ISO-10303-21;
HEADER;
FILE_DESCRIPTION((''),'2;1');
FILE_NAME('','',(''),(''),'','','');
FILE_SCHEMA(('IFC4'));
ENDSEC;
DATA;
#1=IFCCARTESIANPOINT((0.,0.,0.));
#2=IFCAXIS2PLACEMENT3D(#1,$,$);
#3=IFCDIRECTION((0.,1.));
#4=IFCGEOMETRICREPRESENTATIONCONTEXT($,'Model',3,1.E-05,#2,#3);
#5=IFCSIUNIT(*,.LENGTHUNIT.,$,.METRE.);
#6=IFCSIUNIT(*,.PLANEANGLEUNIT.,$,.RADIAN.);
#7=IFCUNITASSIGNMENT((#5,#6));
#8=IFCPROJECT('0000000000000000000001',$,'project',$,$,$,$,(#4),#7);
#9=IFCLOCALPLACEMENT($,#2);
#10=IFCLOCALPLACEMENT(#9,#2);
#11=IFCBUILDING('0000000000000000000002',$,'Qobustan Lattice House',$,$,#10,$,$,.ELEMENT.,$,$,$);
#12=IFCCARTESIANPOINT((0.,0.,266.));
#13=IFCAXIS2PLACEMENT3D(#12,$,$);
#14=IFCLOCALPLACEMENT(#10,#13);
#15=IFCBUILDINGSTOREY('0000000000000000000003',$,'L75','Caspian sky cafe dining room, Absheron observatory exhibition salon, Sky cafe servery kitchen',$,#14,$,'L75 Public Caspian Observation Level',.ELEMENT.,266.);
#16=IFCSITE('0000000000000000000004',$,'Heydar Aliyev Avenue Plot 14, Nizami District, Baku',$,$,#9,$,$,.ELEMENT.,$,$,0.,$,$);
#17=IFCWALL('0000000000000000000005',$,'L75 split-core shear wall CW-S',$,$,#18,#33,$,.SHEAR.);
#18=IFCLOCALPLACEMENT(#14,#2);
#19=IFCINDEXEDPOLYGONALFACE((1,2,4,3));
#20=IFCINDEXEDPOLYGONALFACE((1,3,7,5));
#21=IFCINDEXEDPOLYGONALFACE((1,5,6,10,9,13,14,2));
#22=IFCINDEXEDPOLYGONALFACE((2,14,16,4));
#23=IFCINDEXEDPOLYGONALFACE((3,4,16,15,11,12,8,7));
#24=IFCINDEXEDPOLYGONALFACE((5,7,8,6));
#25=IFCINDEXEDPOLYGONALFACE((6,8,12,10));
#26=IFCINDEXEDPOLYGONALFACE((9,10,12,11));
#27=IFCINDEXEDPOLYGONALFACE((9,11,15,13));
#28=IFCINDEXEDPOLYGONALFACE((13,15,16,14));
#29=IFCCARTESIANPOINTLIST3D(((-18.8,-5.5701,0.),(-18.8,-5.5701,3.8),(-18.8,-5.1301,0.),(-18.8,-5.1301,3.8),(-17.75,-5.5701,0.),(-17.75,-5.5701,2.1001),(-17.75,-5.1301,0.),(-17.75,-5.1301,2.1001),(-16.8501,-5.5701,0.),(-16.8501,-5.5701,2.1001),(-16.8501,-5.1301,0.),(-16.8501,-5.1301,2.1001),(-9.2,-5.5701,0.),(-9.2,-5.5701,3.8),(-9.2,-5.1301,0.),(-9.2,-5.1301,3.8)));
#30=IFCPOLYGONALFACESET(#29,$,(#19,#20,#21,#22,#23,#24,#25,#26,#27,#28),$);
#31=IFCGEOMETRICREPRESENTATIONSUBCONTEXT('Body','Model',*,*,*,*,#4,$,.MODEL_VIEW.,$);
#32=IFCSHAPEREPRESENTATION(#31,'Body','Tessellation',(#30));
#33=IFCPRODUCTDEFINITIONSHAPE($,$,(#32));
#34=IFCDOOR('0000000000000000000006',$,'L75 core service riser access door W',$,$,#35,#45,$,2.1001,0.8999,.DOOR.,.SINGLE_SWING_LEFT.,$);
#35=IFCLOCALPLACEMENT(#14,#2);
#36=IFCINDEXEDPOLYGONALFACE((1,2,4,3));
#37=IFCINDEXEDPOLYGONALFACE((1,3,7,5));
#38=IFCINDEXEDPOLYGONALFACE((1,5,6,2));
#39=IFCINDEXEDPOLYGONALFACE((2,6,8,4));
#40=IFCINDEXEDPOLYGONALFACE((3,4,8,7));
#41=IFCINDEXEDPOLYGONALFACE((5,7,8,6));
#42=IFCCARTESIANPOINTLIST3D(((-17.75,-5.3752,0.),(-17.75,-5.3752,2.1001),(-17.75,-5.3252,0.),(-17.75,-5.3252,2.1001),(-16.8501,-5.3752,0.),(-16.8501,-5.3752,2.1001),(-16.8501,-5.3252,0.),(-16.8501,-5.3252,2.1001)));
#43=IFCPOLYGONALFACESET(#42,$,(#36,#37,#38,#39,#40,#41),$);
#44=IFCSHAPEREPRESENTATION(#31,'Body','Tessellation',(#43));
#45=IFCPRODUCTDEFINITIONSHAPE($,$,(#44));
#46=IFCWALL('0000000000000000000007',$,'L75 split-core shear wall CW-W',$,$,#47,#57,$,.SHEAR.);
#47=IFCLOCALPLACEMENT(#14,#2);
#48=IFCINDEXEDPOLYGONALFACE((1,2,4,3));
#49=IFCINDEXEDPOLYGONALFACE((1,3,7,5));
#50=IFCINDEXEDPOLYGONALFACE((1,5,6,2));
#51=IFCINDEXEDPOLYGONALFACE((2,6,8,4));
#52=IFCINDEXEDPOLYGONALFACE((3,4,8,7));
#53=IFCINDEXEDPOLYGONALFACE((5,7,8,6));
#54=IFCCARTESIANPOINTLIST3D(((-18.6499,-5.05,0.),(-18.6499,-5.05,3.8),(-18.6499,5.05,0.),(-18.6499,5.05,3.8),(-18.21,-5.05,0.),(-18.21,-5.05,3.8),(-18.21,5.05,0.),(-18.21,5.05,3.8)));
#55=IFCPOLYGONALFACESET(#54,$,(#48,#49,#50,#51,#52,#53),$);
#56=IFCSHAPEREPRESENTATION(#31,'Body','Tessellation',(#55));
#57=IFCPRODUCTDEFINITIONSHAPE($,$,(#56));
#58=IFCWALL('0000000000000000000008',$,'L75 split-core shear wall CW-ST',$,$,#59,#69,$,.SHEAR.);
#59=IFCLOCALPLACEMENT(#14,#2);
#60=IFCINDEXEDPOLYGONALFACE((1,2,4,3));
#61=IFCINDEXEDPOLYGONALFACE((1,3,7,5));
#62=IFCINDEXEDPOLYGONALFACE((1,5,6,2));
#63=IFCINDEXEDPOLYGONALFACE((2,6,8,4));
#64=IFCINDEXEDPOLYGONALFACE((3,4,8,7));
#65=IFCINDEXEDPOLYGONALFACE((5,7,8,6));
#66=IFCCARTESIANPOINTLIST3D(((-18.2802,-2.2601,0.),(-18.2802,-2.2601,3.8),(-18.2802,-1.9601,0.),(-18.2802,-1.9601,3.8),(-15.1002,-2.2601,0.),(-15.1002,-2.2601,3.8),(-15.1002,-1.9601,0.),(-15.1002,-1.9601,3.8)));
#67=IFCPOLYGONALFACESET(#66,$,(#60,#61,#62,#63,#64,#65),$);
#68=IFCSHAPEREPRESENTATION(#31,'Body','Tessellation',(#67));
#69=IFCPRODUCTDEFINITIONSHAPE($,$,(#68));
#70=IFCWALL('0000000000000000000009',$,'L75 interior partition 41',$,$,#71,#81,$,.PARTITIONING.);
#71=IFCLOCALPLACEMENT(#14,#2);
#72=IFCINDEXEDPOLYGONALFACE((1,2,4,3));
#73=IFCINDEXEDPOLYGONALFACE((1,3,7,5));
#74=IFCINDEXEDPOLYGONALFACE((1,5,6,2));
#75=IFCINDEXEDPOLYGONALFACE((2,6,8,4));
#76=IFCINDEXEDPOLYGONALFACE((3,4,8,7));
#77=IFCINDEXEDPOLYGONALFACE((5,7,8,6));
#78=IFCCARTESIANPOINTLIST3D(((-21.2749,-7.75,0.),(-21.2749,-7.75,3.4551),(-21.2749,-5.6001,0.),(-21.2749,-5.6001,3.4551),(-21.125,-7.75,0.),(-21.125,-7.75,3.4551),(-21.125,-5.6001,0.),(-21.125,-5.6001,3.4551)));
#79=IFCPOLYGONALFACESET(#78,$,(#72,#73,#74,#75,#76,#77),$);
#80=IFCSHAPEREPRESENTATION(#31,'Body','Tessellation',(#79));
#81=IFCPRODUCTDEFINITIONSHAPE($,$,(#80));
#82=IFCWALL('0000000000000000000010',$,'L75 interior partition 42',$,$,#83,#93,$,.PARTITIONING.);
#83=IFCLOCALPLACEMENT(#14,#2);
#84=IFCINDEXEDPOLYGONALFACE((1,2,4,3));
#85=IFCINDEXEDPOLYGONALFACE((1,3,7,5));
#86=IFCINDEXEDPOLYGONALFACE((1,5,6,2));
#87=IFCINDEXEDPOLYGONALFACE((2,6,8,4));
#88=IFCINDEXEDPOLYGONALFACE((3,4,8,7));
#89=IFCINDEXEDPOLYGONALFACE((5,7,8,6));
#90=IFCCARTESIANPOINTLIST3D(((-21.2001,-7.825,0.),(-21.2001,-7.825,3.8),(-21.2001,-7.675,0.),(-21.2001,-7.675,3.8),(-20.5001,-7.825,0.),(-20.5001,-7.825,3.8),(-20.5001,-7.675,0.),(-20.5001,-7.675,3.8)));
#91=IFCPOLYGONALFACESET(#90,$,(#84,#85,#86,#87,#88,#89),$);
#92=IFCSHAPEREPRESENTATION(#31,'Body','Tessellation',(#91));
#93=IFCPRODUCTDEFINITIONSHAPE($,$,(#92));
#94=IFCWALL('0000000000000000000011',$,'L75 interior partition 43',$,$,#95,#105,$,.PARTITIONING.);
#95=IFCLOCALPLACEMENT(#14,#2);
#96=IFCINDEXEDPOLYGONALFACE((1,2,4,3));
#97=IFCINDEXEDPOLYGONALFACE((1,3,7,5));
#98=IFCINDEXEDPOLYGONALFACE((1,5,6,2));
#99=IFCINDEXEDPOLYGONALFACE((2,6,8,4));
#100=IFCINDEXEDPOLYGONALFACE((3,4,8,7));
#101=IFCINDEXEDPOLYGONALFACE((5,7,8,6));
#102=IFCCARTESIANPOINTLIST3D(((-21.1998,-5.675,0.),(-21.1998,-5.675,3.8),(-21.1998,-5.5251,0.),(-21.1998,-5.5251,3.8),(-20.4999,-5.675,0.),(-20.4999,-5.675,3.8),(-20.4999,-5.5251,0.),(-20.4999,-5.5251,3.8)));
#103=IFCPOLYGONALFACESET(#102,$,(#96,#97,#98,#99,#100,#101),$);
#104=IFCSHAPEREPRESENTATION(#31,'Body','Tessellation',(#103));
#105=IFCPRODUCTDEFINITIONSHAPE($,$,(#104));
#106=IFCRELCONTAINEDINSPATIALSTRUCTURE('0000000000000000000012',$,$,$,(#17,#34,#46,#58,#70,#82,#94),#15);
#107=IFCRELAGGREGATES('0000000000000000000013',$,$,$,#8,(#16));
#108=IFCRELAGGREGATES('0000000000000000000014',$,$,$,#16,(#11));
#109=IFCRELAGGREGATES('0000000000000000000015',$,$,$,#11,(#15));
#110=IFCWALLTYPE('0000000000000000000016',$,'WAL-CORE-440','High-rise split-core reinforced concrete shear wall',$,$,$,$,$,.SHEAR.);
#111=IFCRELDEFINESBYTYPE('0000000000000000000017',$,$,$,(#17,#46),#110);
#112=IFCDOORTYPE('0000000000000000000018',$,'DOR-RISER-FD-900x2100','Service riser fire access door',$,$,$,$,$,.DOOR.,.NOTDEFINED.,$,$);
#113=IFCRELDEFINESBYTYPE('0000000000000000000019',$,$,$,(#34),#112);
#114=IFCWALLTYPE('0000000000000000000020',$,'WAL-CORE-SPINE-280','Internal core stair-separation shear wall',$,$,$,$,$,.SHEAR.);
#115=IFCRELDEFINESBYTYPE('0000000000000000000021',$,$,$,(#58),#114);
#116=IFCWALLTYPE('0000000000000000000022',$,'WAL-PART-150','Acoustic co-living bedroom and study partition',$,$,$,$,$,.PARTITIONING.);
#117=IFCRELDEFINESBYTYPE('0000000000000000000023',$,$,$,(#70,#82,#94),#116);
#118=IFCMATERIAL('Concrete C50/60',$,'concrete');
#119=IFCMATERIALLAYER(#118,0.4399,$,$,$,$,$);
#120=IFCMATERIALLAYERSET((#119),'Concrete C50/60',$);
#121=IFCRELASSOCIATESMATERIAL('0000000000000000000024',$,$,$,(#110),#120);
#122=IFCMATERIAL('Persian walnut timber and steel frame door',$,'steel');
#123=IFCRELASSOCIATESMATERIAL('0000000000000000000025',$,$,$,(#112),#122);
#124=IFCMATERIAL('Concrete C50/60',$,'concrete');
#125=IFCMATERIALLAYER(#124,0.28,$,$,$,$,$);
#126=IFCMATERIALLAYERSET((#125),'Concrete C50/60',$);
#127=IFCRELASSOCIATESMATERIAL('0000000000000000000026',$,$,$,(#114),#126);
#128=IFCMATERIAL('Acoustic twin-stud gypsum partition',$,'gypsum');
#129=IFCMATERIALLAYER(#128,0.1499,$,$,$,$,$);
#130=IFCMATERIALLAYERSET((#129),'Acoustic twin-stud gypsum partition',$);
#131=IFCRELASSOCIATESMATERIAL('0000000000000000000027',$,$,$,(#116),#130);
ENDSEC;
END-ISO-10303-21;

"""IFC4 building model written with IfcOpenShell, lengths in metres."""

from ifc_helpers import new_model, si_unit, direction, frame, frame_2d, origin, place, context, subcontext, project, spatial, rectangle, extrude, material, layer, layer_set, type_object, element, fill, save


model = new_model("IFC4")

# Units and contexts
model_context = context("Model", 3, precision=1e-05, world=origin(), true_north=direction((0.0, 1.0)))
body_context = subcontext(model_context, "Body", "Model", "MODEL_VIEW")
ifc_project = project(units=[si_unit("LENGTHUNIT", "METRE"), si_unit("PLANEANGLEUNIT", "RADIAN")], contexts=[model_context])

# Site, building, storey
site_placement = place(None, origin())
site = spatial("IfcSite", under=ifc_project, at=site_placement, Name="Heydar Aliyev Avenue Plot 14, Nizami District, Baku", CompositionType="ELEMENT", RefElevation=0.0)
building_placement = place(site_placement, origin())
building = spatial("IfcBuilding", under=site, at=building_placement, Name="Qobustan Lattice House", CompositionType="ELEMENT")
storey_placement = place(building_placement, frame((0.0, 0.0, 266.0)))
storey = spatial("IfcBuildingStorey", under=building, at=storey_placement, Name="L75", Description="Caspian sky cafe dining room, Absheron observatory exhibition salon, Sky cafe servery kitchen", LongName="L75 Public Caspian Observation Level", CompositionType="ELEMENT", Elevation=266.0)

# Wall, opening, door
ifc_material_1 = material(Name="Concrete C50/60", Category="concrete")
ifc_layer_1 = layer(ifc_material_1, 0.4399)
ifc_layer_set_1 = layer_set([ifc_layer_1], Name="Concrete C50/60")
wall_type_1 = type_object("IfcWallType", Name="WAL-CORE-440", Description="High-rise split-core reinforced concrete shear wall", PredefinedType="SHEAR", material=ifc_layer_set_1)
wall_1_placement = place(storey_placement, frame((-18.8, -5.3501, 0.0), z_axis=(0.0, 0.0, 1.0), x_axis=(1.0, 0.0, 0.0)))
wall_1 = element("IfcWall", 1, at=wall_1_placement, inside=storey, type_object=wall_type_1, Name="L75 split-core shear wall CW-S", PredefinedType="SHEAR", context=body_context, shape_type="SweptSolid", body=[
    extrude(rectangle(XDim=9.6001, YDim=0.4399, at=frame_2d((4.8, 0.0))), origin(), (0.0, 0.0, 1.0), 3.8),
])
opening_placement = place(wall_1_placement, frame((1.05, 0.0, 0.0)))
opening = element("IfcOpeningElement", 2, at=opening_placement, cuts=wall_1, PredefinedType="OPENING", context=body_context, shape_type="SweptSolid", body=[
    extrude(rectangle(XDim=0.8999, YDim=2.1001, at=frame_2d((0.45, 1.05))), frame((0.0, 0.23, 0.0), z_axis=(0.0, -1.0, 0.0), x_axis=(1.0, 0.0, 0.0)), (0.0, 0.0, 1.0), 0.46),
])
ifc_material_2 = material(Name="Persian walnut timber and steel frame door", Category="steel")
door_type = type_object("IfcDoorType", Name="DOR-RISER-FD-900x2100", Description="Service riser fire access door", OperationType="NOTDEFINED", PredefinedType="DOOR", material=ifc_material_2)
door_placement = place(opening_placement, origin())
door = element("IfcDoor", 3, at=door_placement, inside=storey, type_object=door_type, Name="L75 core service riser access door W", OperationType="SINGLE_SWING_LEFT", OverallHeight=2.1001, OverallWidth=0.8999, PredefinedType="DOOR", context=body_context, shape_type="SweptSolid", body=[
    extrude(rectangle(XDim=0.8999, YDim=2.1001, at=frame_2d((0.45, 1.05))), frame((0.0, 0.0249, 0.0), z_axis=(0.0, -1.0, 0.0), x_axis=(1.0, 0.0, 0.0)), (0.0, 0.0, 1.0), 0.05),
])
fill(opening, door)

# Walls
wall_2_placement = place(storey_placement, frame((-18.4299, -5.05, 0.0), z_axis=(0.0, 0.0, 1.0), x_axis=(0.0, 1.0, 0.0)))
element("IfcWall", 4, at=wall_2_placement, inside=storey, type_object=wall_type_1, Name="L75 split-core shear wall CW-W", PredefinedType="SHEAR", context=body_context, shape_type="SweptSolid", body=[
    extrude(rectangle(XDim=10.1001, YDim=0.4399, at=frame_2d((5.05, 0.0))), origin(), (0.0, 0.0, 1.0), 3.8),
])
ifc_material_3 = material(Name="Concrete C50/60", Category="concrete")
ifc_layer_2 = layer(ifc_material_3, 0.28)
ifc_layer_set_2 = layer_set([ifc_layer_2], Name="Concrete C50/60")
wall_type_2 = type_object("IfcWallType", Name="WAL-CORE-SPINE-280", Description="Internal core stair-separation shear wall", PredefinedType="SHEAR", material=ifc_layer_set_2)
wall_3_placement = place(storey_placement, frame((-18.28, -2.1101, 0.0), z_axis=(0.0, 0.0, 1.0), x_axis=(1.0, 0.0, 0.0)))
element("IfcWall", 5, at=wall_3_placement, inside=storey, type_object=wall_type_2, Name="L75 split-core shear wall CW-ST", PredefinedType="SHEAR", context=body_context, shape_type="SweptSolid", body=[
    extrude(rectangle(XDim=3.1799, YDim=0.3, at=frame_2d((1.5898, 0.0))), origin(), (0.0, 0.0, 1.0), 3.8),
])
ifc_material_4 = material(Name="Acoustic twin-stud gypsum partition", Category="gypsum")
ifc_layer_3 = layer(ifc_material_4, 0.1499)
ifc_layer_set_3 = layer_set([ifc_layer_3], Name="Acoustic twin-stud gypsum partition")
wall_type_3 = type_object("IfcWallType", Name="WAL-PART-150", Description="Acoustic co-living bedroom and study partition", PredefinedType="PARTITIONING", material=ifc_layer_set_3)
wall_4_placement = place(storey_placement, frame((-21.2, -7.75, 0.0), z_axis=(0.0, 0.0, 1.0), x_axis=(0.0, 1.0, 0.0)))
element("IfcWall", 6, at=wall_4_placement, inside=storey, type_object=wall_type_3, Name="L75 interior partition 41", PredefinedType="PARTITIONING", context=body_context, shape_type="SweptSolid", body=[
    extrude(rectangle(XDim=2.1499, YDim=0.1499, at=frame_2d((1.075, 0.0))), origin(), (0.0, 0.0, 1.0), 3.4551),
])
for number, where, z_axis, x_axis, name in (
    (7, (-20.5, -7.75, 0.0), (0.0, 0.0, 1.0), (-1.0, 0.0, 0.0), "L75 interior partition 42"),
    (8, (-21.2, -5.6001, 0.0), (0.0, 0.0, 1.0), (1.0, 0.0, 0.0), "L75 interior partition 43"),
):
    element("IfcWall", number, at=place(storey_placement, frame(where, z_axis=z_axis, x_axis=x_axis)), inside=storey, type_object=wall_type_3, Name=name, PredefinedType="PARTITIONING", context=body_context, shape_type="SweptSolid", body=[
        extrude(rectangle(XDim=0.7, YDim=0.1499, at=frame_2d((0.3501, 0.0))), origin(), (0.0, 0.0, 1.0), 3.8),
    ])

save(model, "model.ifc")
